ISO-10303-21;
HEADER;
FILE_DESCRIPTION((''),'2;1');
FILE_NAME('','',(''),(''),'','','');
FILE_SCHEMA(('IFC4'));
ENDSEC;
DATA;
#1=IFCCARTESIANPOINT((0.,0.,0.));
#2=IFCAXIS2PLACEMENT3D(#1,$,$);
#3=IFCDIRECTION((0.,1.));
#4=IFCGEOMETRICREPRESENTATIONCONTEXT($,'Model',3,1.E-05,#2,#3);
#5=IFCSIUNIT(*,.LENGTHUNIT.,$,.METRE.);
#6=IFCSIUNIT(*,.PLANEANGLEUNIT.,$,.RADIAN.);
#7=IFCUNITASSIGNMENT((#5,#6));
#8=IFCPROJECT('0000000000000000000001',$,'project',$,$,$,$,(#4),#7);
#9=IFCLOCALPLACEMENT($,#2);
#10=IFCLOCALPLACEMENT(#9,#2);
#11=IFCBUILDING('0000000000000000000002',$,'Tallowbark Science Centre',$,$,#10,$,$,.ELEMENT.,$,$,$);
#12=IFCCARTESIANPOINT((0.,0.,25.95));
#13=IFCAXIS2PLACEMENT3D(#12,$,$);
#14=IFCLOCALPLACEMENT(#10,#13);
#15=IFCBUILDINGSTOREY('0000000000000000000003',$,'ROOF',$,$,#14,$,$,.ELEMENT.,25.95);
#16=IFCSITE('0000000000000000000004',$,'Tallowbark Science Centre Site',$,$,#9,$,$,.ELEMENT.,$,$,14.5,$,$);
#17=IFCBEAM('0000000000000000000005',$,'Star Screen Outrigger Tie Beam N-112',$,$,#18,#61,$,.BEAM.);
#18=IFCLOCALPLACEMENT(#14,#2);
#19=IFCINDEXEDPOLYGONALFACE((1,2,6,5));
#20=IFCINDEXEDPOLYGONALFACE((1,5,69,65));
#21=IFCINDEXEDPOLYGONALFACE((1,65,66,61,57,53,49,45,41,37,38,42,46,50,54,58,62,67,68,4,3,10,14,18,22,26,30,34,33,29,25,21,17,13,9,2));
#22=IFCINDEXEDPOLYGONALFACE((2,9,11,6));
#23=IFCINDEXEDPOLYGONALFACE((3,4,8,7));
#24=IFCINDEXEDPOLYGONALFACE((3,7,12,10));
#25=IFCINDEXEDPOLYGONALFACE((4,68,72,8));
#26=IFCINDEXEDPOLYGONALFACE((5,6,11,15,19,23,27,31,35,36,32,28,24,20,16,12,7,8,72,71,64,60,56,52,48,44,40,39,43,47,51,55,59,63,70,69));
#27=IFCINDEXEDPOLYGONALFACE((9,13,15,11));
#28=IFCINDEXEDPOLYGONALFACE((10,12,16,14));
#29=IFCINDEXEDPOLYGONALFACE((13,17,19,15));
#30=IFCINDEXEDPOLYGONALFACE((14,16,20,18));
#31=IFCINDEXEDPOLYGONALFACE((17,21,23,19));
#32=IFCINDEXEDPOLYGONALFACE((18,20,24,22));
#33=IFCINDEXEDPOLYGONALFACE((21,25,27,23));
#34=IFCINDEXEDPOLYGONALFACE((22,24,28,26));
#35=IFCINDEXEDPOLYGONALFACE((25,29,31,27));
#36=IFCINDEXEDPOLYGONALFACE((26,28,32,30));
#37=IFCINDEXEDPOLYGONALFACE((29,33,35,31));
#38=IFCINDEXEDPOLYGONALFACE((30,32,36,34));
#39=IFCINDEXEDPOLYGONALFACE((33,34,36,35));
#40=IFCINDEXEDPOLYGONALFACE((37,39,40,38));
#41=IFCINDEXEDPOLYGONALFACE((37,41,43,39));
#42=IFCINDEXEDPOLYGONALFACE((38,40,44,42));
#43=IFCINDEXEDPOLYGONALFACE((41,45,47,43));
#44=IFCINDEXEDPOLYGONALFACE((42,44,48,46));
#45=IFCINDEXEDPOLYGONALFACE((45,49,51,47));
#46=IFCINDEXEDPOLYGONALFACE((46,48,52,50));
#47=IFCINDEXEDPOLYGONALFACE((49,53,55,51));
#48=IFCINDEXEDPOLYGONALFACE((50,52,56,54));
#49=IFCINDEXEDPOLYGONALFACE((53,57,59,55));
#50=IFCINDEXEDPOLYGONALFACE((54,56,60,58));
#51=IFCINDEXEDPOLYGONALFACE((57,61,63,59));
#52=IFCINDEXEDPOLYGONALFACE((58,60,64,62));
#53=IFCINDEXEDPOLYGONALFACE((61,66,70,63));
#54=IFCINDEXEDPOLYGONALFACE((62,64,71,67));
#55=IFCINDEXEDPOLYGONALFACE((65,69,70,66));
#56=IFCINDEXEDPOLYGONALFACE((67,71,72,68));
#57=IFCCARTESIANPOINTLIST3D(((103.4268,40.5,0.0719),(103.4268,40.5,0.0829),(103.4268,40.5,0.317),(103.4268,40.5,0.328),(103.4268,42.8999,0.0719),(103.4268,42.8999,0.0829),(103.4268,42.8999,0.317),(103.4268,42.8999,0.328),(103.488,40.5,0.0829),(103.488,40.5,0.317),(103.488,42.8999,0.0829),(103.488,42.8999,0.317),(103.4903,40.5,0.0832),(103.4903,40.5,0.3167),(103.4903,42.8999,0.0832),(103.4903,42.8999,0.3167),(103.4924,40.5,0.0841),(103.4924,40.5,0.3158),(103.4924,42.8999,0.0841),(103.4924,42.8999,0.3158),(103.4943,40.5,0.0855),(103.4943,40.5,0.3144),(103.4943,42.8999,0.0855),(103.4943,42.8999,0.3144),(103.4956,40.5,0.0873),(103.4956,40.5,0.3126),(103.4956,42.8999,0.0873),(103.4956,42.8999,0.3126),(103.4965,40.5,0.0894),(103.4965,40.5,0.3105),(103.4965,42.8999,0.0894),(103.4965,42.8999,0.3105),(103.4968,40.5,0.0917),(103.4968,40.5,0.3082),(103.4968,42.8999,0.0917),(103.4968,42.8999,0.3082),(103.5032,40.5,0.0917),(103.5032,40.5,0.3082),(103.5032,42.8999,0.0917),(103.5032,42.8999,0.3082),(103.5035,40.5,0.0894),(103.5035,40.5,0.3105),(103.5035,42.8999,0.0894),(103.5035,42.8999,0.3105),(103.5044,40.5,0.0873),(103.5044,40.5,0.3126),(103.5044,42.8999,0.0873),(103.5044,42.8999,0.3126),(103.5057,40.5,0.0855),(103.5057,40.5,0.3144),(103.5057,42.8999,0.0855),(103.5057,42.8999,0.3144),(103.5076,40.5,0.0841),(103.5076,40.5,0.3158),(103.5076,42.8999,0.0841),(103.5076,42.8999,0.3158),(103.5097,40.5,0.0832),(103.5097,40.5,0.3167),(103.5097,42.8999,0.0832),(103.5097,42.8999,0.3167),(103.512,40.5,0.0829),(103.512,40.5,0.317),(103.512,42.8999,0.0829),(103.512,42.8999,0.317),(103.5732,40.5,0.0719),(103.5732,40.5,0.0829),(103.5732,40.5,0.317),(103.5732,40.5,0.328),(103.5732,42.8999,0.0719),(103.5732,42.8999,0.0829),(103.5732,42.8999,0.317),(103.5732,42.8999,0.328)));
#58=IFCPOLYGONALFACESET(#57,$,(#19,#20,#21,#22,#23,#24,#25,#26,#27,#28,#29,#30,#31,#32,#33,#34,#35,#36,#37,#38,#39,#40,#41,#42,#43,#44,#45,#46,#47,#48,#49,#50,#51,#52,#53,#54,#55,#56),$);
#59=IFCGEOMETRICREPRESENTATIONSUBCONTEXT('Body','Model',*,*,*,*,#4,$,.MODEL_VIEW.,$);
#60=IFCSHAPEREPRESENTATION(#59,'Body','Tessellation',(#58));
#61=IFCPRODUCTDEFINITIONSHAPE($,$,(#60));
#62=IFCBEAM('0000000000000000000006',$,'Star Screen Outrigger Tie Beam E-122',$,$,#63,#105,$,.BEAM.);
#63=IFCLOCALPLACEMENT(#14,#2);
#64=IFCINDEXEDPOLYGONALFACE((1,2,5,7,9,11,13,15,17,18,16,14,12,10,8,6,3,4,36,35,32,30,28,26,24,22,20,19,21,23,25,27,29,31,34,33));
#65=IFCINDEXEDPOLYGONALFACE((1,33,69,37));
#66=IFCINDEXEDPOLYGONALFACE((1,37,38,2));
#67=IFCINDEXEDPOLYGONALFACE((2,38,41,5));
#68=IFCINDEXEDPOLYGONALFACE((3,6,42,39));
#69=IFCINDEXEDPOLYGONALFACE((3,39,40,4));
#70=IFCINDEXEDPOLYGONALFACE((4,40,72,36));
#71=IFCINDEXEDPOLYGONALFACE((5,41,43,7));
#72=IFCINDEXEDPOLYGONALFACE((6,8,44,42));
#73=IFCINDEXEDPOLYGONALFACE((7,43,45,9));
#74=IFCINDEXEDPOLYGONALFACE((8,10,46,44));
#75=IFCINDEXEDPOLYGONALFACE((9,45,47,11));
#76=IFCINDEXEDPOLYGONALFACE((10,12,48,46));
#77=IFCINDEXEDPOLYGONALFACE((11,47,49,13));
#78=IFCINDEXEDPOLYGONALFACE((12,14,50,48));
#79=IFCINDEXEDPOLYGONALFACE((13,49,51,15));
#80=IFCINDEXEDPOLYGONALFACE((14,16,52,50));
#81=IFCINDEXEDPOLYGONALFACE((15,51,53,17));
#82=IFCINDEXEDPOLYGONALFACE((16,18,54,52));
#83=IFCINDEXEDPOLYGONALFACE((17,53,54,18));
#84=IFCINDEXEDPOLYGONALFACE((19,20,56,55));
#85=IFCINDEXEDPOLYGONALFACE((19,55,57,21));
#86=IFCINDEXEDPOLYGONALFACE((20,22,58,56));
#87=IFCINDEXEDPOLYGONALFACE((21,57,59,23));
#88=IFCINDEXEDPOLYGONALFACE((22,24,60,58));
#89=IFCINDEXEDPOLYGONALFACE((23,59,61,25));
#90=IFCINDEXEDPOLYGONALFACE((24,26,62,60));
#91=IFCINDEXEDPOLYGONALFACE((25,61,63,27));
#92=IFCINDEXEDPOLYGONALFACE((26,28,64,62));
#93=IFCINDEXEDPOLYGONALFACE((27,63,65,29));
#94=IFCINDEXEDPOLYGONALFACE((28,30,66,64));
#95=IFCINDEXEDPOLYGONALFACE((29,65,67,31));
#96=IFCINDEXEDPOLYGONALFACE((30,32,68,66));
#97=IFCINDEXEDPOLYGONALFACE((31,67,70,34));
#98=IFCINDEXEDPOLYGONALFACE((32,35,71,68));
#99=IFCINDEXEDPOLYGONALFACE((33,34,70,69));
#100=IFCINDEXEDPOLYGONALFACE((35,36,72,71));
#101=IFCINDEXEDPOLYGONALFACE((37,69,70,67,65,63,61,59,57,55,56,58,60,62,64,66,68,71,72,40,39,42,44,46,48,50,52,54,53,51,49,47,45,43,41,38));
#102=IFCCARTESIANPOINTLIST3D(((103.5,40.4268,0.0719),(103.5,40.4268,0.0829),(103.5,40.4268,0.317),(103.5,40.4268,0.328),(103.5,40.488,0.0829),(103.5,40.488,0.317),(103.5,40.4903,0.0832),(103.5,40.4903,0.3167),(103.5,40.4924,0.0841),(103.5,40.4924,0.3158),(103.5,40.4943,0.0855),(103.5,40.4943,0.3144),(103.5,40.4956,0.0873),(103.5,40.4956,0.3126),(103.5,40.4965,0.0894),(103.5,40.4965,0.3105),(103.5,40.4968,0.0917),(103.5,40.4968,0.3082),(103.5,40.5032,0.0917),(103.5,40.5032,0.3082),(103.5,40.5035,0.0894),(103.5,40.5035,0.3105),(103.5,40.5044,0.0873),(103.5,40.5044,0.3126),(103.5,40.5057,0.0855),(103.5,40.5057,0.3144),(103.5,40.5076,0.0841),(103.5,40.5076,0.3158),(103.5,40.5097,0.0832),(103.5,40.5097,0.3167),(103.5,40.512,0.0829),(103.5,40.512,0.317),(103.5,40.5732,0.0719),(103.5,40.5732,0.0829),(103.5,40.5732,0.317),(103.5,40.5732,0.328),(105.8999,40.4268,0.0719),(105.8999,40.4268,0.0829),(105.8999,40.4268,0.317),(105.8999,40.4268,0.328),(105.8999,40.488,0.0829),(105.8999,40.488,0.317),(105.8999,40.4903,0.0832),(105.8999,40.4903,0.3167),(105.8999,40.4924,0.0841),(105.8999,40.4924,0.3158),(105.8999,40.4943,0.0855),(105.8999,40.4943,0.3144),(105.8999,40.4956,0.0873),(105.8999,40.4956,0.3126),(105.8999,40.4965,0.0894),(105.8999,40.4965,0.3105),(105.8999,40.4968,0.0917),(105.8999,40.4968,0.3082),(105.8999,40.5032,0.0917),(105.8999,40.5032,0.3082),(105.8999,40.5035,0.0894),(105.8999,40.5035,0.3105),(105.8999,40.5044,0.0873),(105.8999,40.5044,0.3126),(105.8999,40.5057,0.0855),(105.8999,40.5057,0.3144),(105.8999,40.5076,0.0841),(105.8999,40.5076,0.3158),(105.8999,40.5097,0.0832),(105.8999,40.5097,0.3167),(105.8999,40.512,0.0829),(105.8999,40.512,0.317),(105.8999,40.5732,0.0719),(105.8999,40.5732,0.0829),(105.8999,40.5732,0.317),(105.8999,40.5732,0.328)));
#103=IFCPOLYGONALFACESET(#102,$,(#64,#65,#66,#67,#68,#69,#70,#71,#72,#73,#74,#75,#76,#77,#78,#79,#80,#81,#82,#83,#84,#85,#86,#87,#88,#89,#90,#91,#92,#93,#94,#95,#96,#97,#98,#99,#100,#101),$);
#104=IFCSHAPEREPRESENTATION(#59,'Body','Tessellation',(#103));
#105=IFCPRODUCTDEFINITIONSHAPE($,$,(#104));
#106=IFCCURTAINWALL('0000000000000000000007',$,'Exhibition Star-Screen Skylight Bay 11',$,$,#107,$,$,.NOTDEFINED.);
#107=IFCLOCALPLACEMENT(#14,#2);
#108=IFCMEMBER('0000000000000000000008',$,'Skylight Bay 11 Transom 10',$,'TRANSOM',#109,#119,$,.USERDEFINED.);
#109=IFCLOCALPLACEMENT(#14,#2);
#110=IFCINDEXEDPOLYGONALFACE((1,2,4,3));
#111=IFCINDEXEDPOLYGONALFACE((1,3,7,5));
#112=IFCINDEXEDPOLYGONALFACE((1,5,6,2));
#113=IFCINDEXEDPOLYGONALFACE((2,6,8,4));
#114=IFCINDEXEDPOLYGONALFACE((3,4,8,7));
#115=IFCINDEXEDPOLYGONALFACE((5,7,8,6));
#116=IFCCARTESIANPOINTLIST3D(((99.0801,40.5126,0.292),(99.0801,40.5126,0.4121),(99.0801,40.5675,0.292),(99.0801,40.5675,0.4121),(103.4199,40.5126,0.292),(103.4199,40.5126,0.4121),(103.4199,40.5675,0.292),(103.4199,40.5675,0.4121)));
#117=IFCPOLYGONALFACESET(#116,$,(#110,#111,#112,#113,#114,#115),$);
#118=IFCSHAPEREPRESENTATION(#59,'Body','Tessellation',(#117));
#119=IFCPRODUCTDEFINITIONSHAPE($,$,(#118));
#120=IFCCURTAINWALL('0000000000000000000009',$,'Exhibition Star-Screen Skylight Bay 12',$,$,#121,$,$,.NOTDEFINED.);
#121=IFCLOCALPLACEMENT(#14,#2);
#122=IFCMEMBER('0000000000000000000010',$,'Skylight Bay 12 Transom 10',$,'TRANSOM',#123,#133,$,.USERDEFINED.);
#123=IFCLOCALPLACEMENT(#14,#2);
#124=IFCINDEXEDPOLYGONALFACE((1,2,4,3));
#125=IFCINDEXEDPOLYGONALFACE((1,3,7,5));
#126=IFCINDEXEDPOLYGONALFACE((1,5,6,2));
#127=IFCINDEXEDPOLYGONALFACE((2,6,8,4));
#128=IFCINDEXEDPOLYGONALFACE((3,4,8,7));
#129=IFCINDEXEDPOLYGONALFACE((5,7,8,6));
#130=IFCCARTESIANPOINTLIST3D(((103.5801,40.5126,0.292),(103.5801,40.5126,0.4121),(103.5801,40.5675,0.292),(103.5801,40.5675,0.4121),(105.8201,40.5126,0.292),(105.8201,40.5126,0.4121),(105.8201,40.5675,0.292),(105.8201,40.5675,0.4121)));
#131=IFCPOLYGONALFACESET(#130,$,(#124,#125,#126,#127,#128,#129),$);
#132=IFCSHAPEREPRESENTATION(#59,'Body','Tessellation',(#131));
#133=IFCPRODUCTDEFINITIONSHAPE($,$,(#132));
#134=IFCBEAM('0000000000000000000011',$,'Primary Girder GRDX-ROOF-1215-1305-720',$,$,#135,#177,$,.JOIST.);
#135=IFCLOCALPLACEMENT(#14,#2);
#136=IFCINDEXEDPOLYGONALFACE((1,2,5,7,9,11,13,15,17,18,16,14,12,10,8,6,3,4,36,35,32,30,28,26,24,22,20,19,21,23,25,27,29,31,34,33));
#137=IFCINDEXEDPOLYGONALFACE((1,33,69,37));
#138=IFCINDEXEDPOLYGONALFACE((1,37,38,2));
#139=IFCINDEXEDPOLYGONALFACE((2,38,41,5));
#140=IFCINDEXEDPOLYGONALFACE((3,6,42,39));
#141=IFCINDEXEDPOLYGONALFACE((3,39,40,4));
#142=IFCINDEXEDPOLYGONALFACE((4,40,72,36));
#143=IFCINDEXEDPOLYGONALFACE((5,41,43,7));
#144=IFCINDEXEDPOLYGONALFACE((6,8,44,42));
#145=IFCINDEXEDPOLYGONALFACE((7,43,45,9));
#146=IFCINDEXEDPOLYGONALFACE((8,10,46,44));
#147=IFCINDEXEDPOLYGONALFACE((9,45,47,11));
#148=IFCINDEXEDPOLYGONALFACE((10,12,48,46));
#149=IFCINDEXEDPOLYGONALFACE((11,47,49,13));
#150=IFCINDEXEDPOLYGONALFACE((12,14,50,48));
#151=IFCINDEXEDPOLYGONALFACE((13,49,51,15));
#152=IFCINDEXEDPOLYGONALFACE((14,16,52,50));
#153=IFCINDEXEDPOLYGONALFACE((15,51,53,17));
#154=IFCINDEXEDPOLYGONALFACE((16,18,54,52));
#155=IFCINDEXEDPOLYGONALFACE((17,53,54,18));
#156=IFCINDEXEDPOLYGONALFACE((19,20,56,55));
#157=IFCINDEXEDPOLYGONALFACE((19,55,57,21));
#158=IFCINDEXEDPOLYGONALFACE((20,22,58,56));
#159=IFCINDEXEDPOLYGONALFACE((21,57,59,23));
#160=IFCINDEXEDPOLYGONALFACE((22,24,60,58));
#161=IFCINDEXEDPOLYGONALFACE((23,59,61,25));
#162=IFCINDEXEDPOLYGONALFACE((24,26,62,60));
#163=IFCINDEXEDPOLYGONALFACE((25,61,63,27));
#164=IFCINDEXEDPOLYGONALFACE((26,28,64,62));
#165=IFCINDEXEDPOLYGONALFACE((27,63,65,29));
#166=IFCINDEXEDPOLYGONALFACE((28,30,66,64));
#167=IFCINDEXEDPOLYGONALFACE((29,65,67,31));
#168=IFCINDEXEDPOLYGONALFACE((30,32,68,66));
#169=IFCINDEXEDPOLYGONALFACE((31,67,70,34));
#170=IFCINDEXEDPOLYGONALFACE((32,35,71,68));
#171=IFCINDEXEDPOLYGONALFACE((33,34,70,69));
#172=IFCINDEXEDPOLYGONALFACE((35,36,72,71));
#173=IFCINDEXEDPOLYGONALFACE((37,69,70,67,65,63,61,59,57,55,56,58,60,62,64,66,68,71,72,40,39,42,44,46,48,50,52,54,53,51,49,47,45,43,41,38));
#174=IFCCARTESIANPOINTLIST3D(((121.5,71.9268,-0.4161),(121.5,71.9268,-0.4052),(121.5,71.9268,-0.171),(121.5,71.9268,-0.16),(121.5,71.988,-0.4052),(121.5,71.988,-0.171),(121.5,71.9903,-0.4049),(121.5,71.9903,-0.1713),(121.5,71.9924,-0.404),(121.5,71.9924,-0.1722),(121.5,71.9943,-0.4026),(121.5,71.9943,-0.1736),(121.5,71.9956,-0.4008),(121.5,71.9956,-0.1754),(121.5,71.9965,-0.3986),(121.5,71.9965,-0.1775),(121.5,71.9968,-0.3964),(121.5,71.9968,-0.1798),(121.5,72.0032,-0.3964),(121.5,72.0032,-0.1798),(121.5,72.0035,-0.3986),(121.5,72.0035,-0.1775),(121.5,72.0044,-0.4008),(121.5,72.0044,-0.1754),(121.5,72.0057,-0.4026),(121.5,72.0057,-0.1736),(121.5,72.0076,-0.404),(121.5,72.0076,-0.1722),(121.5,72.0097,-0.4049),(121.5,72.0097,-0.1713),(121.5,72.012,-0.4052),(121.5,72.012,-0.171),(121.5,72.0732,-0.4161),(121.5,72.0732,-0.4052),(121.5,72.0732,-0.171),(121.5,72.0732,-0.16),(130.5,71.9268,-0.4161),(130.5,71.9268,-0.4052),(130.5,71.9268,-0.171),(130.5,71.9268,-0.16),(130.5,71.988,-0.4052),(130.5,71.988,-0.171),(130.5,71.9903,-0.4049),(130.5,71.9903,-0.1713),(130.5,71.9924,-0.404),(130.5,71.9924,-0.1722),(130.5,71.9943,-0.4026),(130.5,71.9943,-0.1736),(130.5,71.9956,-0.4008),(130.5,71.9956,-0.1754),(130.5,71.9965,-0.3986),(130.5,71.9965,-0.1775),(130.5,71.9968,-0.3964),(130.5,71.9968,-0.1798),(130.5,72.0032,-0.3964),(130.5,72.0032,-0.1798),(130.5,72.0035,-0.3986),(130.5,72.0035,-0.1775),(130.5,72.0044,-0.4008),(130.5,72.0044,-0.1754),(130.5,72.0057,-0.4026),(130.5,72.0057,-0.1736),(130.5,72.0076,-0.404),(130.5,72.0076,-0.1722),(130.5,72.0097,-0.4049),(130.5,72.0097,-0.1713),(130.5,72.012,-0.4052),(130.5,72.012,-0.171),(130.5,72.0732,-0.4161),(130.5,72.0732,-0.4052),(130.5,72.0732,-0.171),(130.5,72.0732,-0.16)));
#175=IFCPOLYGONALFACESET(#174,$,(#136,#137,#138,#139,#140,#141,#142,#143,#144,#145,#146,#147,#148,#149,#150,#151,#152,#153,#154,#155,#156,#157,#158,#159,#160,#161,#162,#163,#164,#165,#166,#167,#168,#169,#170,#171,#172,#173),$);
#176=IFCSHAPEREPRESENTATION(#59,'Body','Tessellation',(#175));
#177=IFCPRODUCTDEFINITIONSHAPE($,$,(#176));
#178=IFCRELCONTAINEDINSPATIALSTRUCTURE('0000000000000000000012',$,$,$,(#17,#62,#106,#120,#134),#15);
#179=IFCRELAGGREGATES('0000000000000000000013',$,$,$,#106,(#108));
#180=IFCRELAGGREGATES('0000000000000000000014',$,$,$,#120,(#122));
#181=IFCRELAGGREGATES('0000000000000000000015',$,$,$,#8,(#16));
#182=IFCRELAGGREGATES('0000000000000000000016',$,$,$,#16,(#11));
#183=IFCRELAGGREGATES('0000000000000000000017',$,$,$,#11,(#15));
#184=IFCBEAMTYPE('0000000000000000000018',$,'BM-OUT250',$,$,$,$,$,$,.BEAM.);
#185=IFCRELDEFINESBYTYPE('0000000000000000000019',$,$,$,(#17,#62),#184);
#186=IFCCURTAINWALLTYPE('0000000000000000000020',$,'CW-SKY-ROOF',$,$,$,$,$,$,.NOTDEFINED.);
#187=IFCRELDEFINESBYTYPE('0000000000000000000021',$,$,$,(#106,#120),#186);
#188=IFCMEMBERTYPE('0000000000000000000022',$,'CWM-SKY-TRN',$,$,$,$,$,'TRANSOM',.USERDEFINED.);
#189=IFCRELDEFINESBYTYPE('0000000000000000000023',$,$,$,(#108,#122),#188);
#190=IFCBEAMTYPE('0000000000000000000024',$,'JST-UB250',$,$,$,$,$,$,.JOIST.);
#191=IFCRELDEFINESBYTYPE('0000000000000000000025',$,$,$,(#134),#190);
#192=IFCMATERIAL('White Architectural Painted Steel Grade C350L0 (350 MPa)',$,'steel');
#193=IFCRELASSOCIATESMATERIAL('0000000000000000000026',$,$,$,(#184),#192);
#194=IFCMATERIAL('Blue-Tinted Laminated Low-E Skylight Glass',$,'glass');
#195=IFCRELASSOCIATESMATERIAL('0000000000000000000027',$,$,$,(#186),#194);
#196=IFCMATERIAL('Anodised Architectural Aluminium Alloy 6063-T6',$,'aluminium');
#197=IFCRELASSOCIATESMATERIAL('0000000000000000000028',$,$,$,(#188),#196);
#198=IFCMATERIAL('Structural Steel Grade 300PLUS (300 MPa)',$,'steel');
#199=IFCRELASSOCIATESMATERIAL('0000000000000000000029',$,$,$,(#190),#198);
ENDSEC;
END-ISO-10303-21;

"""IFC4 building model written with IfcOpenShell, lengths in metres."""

from ifc_helpers import new_model, si_unit, direction, frame, origin, origin_2d, place, context, subcontext, project, spatial, rectangle, i_section, extrude, material, material_profile, profile_set, type_object, element, aggregate, save


model = new_model("IFC4")

# Units and contexts
model_context = context("Model", 3, precision=1e-05, world=origin(), true_north=direction((0.0, 1.0)))
body_context = subcontext(model_context, "Body", "Model", "MODEL_VIEW")
ifc_project = project(units=[si_unit("LENGTHUNIT", "METRE"), si_unit("PLANEANGLEUNIT", "RADIAN")], contexts=[model_context])

# Site, building, storey
site_placement = place(None, origin())
site = spatial("IfcSite", under=ifc_project, at=site_placement, Name="Tallowbark Science Centre Site", CompositionType="ELEMENT", RefElevation=14.5)
building_placement = place(site_placement, origin())
building = spatial("IfcBuilding", under=site, at=building_placement, Name="Tallowbark Science Centre", CompositionType="ELEMENT")
storey_placement = place(building_placement, frame((0.0, 0.0, 25.95)))
storey = spatial("IfcBuildingStorey", under=building, at=storey_placement, Name="ROOF", CompositionType="ELEMENT", Elevation=25.95)

# Beams
ifc_material_1 = material(Name="White Architectural Painted Steel Grade C350L0 (350 MPa)", Category="steel")
ifc_material_profile_1 = material_profile(ifc_material_1, i_section(OverallWidth=0.1465, OverallDepth=0.2561, WebThickness=0.0063, FlangeThickness=0.011, FilletRadius=0.0088, at=origin_2d()), Name="250UB37.3")
ifc_profile_set_1 = profile_set([ifc_material_profile_1], Name="White Architectural Painted Steel Grade C350L0 (350 MPa)")
beam_type_1 = type_object("IfcBeamType", Name="BM-OUT250", PredefinedType="BEAM", material=ifc_profile_set_1)
for number, where, z_axis, x_axis, name in (
    (1, (103.5, 40.5, 0.2), (0.0, 1.0, 0.0), (-1.0, 0.0, 0.0), "Star Screen Outrigger Tie Beam N-112"),
    (2, (103.5, 40.5, 0.2), (1.0, 0.0, 0.0), (0.0, 1.0, 0.0), "Star Screen Outrigger Tie Beam E-122"),
):
    element("IfcBeam", number, at=place(storey_placement, frame(where, z_axis=z_axis, x_axis=x_axis)), inside=storey, type_object=beam_type_1, Name=name, PredefinedType="BEAM", context=body_context, shape_type="SweptSolid", body=[
        extrude(i_section(OverallWidth=0.1465, OverallDepth=0.2561, WebThickness=0.0063, FlangeThickness=0.011, FilletRadius=0.0088, at=origin_2d()), origin(), (0.0, 0.0, 1.0), 2.3999),
    ])

# Curtain walls, members
ifc_material_2 = material(Name="Blue-Tinted Laminated Low-E Skylight Glass", Category="glass")
curtain_wall_type = type_object("IfcCurtainWallType", Name="CW-SKY-ROOF", PredefinedType="NOTDEFINED", material=ifc_material_2)
curtain_wall_1_placement = place(storey_placement, origin())
curtain_wall_1 = element("IfcCurtainWall", 3, at=curtain_wall_1_placement, inside=storey, type_object=curtain_wall_type, Name="Exhibition Star-Screen Skylight Bay 11", PredefinedType="NOTDEFINED")
ifc_material_3 = material(Name="Anodised Architectural Aluminium Alloy 6063-T6", Category="aluminium")
ifc_material_profile_2 = material_profile(ifc_material_3, rectangle(XDim=0.0549, YDim=0.1201, at=origin_2d()), Name="ALU55x120")
ifc_profile_set_2 = profile_set([ifc_material_profile_2], Name="Anodised Architectural Aluminium Alloy 6063-T6")
member_type_1 = type_object("IfcMemberType", Name="CWM-SKY-TRN", ElementType="TRANSOM", PredefinedType="USERDEFINED", material=ifc_profile_set_2)
member_1_placement = place(storey_placement, frame((99.0801, 40.54, 0.3521), z_axis=(1.0, 0.0, 0.0), x_axis=(0.0, 1.0, 0.0)))
member_1 = element("IfcMember", 4, at=member_1_placement, type_object=member_type_1, Name="Skylight Bay 11 Transom 10", ObjectType="TRANSOM", PredefinedType="USERDEFINED", context=body_context, shape_type="SweptSolid", body=[
    extrude(rectangle(XDim=0.0549, YDim=0.1201, at=origin_2d()), origin(), (0.0, 0.0, 1.0), 4.3398),
])
curtain_wall_2_placement = place(storey_placement, origin())
curtain_wall_2 = element("IfcCurtainWall", 5, at=curtain_wall_2_placement, inside=storey, type_object=curtain_wall_type, Name="Exhibition Star-Screen Skylight Bay 12", PredefinedType="NOTDEFINED")
member_2_placement = place(storey_placement, frame((103.5801, 40.54, 0.3521), z_axis=(1.0, 0.0, 0.0), x_axis=(0.0, 1.0, 0.0)))
member_2 = element("IfcMember", 6, at=member_2_placement, type_object=member_type_1, Name="Skylight Bay 12 Transom 10", ObjectType="TRANSOM", PredefinedType="USERDEFINED", context=body_context, shape_type="SweptSolid", body=[
    extrude(rectangle(XDim=0.0549, YDim=0.1201, at=origin_2d()), origin(), (0.0, 0.0, 1.0), 2.24),
])

# Beam
ifc_material_4 = material(Name="Structural Steel Grade 300PLUS (300 MPa)", Category="steel")
ifc_material_profile_3 = material_profile(ifc_material_4, i_section(OverallWidth=0.1465, OverallDepth=0.2561, WebThickness=0.0063, FlangeThickness=0.011, FilletRadius=0.0088, at=origin_2d()), Name="250UB37.3")
ifc_profile_set_3 = profile_set([ifc_material_profile_3], Name="Structural Steel Grade 300PLUS (300 MPa)")
beam_type_2 = type_object("IfcBeamType", Name="JST-UB250", PredefinedType="JOIST", material=ifc_profile_set_3)
for number, where, z_axis, x_axis, name in (
    (7, (121.5, 72.0, -0.2881), (1.0, 0.0, 0.0), (0.0, 1.0, 0.0), "Primary Girder GRDX-ROOF-1215-1305-720"),
):
    element("IfcBeam", number, at=place(storey_placement, frame(where, z_axis=z_axis, x_axis=x_axis)), inside=storey, type_object=beam_type_2, Name=name, PredefinedType="JOIST", context=body_context, shape_type="SweptSolid", body=[
        extrude(i_section(OverallWidth=0.1465, OverallDepth=0.2561, WebThickness=0.0063, FlangeThickness=0.011, FilletRadius=0.0088, at=origin_2d()), origin(), (0.0, 0.0, 1.0), 9.0),
    ])

aggregate(curtain_wall_1, [member_1])
aggregate(curtain_wall_2, [member_2])

save(model, "model.ifc")
